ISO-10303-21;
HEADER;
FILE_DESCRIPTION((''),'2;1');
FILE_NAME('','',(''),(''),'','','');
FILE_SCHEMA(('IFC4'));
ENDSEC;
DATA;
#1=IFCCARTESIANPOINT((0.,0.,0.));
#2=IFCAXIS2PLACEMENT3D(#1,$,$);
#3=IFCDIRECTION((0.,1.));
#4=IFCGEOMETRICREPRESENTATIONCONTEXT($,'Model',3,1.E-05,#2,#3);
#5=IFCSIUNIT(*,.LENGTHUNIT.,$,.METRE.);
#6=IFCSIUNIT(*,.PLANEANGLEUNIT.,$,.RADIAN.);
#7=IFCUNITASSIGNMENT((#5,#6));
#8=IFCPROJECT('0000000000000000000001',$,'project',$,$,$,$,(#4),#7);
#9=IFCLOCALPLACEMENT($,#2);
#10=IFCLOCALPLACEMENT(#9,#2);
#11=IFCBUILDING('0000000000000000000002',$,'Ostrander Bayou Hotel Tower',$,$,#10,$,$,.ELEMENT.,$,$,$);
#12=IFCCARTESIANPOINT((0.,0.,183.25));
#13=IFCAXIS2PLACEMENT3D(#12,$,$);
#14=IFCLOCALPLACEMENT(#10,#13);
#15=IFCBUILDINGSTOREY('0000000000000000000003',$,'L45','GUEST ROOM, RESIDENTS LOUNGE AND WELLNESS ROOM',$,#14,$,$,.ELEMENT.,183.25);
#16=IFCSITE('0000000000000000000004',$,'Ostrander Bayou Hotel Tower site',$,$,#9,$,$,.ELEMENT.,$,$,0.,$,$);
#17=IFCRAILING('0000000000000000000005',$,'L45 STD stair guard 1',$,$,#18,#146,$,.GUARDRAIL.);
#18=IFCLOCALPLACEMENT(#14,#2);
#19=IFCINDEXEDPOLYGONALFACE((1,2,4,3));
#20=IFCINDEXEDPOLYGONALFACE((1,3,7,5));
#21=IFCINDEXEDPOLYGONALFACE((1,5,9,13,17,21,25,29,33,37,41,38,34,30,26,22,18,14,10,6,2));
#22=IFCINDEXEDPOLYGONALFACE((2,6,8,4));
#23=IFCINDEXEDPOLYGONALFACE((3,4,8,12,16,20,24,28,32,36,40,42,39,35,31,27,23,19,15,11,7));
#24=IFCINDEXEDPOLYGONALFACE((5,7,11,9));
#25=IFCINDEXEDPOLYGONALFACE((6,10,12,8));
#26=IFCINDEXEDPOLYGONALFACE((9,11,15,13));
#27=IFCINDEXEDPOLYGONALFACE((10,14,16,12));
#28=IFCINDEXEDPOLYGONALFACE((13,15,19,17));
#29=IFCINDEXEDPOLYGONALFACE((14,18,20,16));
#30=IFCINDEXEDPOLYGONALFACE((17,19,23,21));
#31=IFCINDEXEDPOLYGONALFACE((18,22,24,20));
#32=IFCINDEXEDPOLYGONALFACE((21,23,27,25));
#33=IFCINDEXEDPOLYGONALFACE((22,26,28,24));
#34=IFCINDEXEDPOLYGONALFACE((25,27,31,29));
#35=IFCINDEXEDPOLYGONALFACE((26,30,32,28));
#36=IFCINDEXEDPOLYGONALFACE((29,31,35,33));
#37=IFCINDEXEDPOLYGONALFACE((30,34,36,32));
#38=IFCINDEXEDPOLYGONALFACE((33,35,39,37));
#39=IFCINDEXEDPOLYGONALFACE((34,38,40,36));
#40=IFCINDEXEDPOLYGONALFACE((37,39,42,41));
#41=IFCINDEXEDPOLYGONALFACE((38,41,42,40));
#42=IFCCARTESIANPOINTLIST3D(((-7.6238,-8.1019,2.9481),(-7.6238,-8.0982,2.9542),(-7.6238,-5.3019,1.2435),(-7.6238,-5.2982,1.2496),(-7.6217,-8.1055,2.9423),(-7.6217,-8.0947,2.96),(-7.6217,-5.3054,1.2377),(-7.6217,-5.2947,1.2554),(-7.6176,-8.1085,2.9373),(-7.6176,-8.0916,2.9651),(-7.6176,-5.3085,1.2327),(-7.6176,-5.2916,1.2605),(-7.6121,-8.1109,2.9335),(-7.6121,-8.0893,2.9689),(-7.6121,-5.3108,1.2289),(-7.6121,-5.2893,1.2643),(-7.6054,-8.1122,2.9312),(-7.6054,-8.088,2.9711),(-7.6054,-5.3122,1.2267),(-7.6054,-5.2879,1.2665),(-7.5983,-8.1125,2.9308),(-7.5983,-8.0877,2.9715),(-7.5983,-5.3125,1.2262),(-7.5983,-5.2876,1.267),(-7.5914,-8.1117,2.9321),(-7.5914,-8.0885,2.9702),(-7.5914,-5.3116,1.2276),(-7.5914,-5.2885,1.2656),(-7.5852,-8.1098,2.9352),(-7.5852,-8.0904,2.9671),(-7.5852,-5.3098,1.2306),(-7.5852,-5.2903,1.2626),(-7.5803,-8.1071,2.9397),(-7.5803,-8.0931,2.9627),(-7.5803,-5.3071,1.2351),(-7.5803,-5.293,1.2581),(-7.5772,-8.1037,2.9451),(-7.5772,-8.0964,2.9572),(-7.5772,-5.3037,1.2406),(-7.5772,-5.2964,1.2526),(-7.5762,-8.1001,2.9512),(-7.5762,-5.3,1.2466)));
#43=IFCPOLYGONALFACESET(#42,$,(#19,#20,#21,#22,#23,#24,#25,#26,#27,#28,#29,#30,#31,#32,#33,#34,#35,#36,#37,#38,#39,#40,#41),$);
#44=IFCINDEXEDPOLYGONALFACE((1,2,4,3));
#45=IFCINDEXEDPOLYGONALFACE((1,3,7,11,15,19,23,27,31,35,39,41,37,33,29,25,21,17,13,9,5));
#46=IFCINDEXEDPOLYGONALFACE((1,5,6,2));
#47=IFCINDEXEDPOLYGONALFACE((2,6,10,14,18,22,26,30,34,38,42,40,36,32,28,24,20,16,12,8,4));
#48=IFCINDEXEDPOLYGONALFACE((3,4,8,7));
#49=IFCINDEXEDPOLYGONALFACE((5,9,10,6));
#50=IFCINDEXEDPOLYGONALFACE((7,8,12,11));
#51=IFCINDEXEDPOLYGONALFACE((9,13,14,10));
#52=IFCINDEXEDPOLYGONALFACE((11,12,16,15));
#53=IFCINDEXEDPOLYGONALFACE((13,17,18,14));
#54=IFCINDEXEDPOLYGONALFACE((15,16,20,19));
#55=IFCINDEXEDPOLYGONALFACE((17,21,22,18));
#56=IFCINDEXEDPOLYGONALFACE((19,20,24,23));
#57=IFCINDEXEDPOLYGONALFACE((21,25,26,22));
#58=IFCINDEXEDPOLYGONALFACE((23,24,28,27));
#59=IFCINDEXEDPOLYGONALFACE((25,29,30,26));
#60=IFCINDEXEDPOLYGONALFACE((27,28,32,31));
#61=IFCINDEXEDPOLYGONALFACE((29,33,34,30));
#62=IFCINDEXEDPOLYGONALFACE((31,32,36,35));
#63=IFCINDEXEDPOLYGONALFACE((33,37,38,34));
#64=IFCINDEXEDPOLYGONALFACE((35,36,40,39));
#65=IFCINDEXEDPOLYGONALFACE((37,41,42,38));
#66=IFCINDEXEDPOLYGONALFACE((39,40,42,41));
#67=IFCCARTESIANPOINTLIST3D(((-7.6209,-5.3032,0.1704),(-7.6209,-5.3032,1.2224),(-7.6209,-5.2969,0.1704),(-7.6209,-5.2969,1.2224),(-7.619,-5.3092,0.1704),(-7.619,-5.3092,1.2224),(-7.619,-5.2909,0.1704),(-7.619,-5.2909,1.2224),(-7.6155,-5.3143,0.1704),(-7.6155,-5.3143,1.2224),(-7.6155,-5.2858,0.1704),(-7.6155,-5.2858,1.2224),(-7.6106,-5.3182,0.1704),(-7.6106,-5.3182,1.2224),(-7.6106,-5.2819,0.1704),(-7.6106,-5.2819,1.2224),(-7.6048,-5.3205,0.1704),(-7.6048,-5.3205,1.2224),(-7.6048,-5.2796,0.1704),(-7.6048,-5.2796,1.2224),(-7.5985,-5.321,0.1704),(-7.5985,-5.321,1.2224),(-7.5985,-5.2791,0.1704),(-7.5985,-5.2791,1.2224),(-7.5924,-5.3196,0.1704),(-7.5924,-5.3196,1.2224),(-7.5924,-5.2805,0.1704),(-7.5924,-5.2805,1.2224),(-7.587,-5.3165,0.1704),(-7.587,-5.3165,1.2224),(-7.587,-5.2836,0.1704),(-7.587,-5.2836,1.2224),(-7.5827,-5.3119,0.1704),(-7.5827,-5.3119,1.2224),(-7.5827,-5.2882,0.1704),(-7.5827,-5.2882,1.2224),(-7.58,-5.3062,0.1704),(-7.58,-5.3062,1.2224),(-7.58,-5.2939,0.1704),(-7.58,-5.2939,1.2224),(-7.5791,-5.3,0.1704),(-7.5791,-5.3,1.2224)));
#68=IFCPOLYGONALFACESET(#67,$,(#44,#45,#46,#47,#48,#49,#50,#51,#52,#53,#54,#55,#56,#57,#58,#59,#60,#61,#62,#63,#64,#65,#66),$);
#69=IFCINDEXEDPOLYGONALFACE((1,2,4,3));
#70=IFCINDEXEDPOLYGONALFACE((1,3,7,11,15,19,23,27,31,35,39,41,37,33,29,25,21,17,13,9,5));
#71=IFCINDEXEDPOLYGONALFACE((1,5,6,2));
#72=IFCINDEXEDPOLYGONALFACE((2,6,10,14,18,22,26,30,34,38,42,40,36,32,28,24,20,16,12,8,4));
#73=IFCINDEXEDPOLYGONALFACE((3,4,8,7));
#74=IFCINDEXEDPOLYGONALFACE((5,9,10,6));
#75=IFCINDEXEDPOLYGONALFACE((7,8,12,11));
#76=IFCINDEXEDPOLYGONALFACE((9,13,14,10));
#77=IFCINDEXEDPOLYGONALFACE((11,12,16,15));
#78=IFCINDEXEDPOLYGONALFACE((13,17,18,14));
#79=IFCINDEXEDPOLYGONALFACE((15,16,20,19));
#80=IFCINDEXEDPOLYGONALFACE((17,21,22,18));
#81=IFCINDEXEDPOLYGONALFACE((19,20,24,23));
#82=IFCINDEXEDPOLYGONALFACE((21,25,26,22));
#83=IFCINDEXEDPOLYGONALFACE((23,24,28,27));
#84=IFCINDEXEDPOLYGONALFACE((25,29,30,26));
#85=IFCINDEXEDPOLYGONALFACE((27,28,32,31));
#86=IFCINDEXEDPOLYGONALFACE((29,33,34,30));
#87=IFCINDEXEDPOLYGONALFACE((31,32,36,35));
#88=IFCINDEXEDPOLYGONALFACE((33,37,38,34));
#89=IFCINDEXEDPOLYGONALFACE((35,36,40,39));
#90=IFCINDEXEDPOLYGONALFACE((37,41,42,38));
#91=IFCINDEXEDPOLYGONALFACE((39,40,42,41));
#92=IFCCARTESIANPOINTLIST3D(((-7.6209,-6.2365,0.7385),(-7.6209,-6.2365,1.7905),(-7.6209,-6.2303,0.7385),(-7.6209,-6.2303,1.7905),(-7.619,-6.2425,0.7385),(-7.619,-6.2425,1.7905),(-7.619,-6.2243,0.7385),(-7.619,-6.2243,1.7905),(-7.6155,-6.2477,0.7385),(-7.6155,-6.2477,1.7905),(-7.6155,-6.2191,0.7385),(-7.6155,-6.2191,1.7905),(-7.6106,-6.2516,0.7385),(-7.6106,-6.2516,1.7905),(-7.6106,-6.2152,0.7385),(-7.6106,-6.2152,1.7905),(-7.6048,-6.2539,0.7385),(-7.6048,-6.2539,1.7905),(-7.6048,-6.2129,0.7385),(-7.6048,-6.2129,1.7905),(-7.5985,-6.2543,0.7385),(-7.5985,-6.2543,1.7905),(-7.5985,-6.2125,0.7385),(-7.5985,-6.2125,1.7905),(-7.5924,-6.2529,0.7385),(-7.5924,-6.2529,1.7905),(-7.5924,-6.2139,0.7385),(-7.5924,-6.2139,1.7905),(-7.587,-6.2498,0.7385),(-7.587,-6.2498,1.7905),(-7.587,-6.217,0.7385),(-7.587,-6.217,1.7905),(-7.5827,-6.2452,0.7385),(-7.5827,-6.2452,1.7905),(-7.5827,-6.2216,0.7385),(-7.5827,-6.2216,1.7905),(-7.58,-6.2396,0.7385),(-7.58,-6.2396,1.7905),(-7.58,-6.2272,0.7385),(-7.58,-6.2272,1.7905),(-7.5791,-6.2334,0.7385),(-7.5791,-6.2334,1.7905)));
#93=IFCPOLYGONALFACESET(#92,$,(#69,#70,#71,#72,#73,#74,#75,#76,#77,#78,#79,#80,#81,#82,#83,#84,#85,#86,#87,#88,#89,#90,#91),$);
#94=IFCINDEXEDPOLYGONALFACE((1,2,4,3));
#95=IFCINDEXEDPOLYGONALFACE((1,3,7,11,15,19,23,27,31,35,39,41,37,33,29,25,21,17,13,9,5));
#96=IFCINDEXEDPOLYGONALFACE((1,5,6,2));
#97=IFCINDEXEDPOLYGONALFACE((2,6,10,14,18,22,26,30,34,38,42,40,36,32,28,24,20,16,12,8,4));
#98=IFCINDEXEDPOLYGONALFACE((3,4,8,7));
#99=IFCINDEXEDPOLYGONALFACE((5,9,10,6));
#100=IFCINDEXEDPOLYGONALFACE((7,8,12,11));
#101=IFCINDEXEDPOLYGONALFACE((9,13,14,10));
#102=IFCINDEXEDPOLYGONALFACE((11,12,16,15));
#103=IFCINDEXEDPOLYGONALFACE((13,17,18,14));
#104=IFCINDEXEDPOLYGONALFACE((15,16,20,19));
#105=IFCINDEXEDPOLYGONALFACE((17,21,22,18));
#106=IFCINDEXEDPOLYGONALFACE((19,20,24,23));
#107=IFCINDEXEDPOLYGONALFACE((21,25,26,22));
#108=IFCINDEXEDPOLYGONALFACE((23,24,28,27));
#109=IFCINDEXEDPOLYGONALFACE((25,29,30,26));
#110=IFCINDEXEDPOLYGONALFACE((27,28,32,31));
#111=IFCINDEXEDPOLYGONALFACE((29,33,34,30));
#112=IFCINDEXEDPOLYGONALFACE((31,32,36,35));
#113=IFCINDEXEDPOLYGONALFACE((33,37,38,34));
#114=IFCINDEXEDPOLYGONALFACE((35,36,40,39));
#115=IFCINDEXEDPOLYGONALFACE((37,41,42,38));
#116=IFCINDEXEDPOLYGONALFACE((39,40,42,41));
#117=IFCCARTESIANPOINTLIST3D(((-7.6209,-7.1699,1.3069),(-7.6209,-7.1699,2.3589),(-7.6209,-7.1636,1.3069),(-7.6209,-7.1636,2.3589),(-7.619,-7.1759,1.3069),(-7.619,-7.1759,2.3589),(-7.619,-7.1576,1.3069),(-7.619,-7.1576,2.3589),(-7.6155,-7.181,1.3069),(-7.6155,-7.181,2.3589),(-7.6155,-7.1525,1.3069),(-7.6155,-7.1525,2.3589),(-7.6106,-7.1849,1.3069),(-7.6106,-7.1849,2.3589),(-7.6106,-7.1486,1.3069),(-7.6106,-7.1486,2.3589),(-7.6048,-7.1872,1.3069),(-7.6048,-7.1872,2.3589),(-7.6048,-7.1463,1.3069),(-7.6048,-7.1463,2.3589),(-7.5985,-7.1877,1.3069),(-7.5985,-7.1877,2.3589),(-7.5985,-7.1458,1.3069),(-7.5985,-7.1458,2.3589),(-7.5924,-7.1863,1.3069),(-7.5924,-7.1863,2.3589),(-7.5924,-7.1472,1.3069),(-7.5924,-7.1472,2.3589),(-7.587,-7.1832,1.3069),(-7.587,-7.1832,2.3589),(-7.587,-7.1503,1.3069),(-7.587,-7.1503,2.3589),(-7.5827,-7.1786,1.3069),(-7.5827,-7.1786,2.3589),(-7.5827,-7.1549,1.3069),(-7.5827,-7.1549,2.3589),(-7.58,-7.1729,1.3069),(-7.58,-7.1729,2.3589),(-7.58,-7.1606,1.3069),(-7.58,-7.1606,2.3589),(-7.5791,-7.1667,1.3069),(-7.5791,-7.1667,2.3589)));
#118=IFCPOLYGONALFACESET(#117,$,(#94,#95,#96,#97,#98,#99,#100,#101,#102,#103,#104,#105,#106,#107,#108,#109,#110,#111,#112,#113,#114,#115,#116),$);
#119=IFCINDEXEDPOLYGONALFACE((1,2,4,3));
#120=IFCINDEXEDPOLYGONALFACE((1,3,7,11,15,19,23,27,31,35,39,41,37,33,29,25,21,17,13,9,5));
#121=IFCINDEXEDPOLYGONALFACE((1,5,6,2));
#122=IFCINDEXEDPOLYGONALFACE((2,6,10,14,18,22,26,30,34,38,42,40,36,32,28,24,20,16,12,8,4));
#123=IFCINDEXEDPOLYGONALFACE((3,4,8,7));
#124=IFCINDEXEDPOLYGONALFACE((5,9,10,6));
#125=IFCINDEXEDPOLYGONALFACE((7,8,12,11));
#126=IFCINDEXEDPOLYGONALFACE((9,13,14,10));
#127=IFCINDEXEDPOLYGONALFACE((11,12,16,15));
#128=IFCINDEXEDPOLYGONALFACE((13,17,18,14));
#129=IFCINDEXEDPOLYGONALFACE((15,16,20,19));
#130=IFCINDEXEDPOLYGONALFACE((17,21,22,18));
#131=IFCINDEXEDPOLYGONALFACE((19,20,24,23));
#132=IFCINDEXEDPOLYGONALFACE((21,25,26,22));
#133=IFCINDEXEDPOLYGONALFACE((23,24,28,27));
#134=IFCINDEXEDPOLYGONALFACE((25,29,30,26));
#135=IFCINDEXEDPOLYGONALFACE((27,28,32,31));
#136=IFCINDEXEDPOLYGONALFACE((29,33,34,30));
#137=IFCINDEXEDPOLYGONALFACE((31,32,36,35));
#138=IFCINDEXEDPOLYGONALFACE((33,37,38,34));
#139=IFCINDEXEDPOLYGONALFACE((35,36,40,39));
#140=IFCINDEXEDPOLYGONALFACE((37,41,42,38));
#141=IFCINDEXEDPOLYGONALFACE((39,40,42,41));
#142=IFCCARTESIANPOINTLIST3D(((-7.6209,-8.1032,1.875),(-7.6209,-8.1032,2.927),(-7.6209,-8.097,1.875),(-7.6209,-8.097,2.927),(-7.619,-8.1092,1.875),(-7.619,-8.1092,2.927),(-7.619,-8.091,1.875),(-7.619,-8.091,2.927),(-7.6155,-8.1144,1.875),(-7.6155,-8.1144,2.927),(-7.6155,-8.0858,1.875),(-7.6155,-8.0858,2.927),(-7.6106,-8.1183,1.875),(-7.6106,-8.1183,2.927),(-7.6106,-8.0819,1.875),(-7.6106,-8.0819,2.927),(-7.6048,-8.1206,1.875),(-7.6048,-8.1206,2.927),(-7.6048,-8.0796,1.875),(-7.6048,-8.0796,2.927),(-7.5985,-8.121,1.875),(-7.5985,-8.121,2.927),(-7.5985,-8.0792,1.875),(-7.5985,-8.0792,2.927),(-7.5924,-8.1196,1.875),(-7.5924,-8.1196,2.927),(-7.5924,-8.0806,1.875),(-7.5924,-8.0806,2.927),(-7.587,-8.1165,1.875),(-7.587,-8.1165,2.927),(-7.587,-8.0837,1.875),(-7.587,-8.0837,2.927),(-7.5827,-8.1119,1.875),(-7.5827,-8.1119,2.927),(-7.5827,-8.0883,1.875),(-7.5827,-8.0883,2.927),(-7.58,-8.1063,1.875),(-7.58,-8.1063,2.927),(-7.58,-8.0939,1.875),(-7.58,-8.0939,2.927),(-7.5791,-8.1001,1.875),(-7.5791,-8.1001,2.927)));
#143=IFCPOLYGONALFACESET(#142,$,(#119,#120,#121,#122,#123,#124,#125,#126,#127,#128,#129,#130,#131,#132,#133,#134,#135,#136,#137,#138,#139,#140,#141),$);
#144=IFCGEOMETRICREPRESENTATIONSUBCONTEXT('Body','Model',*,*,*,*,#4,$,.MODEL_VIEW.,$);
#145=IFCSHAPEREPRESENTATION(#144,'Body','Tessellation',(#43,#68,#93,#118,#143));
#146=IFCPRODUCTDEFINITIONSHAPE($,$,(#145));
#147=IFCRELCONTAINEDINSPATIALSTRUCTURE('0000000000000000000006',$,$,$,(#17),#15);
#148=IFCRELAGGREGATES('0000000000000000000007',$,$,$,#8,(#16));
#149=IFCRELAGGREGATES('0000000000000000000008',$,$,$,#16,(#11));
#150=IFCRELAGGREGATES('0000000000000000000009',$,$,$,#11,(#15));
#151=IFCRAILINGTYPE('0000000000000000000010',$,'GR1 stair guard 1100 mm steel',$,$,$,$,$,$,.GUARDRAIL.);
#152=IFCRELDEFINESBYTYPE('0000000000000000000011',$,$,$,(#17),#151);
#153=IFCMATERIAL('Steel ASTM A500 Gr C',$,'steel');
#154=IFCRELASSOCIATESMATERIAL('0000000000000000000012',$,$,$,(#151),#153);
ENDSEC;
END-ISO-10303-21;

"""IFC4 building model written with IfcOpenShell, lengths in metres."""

from ifc_helpers import new_model, si_unit, direction, frame, origin, origin_2d, place, context, subcontext, project, spatial, circle, extrude, material, type_object, element, save


model = new_model("IFC4")

# Units and contexts
model_context = context("Model", 3, precision=1e-05, world=origin(), true_north=direction((0.0, 1.0)))
body_context = subcontext(model_context, "Body", "Model", "MODEL_VIEW")
ifc_project = project(units=[si_unit("LENGTHUNIT", "METRE"), si_unit("PLANEANGLEUNIT", "RADIAN")], contexts=[model_context])

# Site, building, storey
site_placement = place(None, origin())
site = spatial("IfcSite", under=ifc_project, at=site_placement, Name="Ostrander Bayou Hotel Tower site", CompositionType="ELEMENT", RefElevation=0.0)
building_placement = place(site_placement, origin())
building = spatial("IfcBuilding", under=site, at=building_placement, Name="Ostrander Bayou Hotel Tower", CompositionType="ELEMENT")
storey_placement = place(building_placement, frame((0.0, 0.0, 183.25)))
storey = spatial("IfcBuildingStorey", under=building, at=storey_placement, Name="L45", Description="GUEST ROOM, RESIDENTS LOUNGE AND WELLNESS ROOM", CompositionType="ELEMENT", Elevation=183.25)

# Railing
ifc_material_1 = material(Name="Steel ASTM A500 Gr C", Category="steel")
railing_type_1 = type_object("IfcRailingType", Name="GR1 stair guard 1100 mm steel", PredefinedType="GUARDRAIL", material=ifc_material_1)
railing_1_placement = place(storey_placement, frame((-7.6001, -5.3, 0.1704)))
element("IfcRailing", 1, at=railing_1_placement, inside=storey, type_object=railing_type_1, Name="L45 STD stair guard 1", PredefinedType="GUARDRAIL", context=body_context, shape_type="SweptSolid", body=[
    extrude(circle(Radius=0.0239, at=origin_2d()), frame((0.0, 0.0, 1.0762), z_axis=(0.0, -0.85417, 0.519994), x_axis=(1.0, 0.0, 0.0)), (0.0, 0.0, 1.0), 3.2781),
    extrude(circle(Radius=0.021, at=origin_2d()), origin(), (0.0, 0.0, 1.0), 1.052),
    extrude(circle(Radius=0.021, at=origin_2d()), frame((0.0, -0.9333, 0.5681)), (0.0, 0.0, 1.0), 1.052),
    extrude(circle(Radius=0.021, at=origin_2d()), frame((0.0, -1.8667, 1.1365)), (0.0, 0.0, 1.0), 1.052),
    extrude(circle(Radius=0.021, at=origin_2d()), frame((0.0, -2.8, 1.7046)), (0.0, 0.0, 1.0), 1.052),
])

save(model, "model.ifc")
